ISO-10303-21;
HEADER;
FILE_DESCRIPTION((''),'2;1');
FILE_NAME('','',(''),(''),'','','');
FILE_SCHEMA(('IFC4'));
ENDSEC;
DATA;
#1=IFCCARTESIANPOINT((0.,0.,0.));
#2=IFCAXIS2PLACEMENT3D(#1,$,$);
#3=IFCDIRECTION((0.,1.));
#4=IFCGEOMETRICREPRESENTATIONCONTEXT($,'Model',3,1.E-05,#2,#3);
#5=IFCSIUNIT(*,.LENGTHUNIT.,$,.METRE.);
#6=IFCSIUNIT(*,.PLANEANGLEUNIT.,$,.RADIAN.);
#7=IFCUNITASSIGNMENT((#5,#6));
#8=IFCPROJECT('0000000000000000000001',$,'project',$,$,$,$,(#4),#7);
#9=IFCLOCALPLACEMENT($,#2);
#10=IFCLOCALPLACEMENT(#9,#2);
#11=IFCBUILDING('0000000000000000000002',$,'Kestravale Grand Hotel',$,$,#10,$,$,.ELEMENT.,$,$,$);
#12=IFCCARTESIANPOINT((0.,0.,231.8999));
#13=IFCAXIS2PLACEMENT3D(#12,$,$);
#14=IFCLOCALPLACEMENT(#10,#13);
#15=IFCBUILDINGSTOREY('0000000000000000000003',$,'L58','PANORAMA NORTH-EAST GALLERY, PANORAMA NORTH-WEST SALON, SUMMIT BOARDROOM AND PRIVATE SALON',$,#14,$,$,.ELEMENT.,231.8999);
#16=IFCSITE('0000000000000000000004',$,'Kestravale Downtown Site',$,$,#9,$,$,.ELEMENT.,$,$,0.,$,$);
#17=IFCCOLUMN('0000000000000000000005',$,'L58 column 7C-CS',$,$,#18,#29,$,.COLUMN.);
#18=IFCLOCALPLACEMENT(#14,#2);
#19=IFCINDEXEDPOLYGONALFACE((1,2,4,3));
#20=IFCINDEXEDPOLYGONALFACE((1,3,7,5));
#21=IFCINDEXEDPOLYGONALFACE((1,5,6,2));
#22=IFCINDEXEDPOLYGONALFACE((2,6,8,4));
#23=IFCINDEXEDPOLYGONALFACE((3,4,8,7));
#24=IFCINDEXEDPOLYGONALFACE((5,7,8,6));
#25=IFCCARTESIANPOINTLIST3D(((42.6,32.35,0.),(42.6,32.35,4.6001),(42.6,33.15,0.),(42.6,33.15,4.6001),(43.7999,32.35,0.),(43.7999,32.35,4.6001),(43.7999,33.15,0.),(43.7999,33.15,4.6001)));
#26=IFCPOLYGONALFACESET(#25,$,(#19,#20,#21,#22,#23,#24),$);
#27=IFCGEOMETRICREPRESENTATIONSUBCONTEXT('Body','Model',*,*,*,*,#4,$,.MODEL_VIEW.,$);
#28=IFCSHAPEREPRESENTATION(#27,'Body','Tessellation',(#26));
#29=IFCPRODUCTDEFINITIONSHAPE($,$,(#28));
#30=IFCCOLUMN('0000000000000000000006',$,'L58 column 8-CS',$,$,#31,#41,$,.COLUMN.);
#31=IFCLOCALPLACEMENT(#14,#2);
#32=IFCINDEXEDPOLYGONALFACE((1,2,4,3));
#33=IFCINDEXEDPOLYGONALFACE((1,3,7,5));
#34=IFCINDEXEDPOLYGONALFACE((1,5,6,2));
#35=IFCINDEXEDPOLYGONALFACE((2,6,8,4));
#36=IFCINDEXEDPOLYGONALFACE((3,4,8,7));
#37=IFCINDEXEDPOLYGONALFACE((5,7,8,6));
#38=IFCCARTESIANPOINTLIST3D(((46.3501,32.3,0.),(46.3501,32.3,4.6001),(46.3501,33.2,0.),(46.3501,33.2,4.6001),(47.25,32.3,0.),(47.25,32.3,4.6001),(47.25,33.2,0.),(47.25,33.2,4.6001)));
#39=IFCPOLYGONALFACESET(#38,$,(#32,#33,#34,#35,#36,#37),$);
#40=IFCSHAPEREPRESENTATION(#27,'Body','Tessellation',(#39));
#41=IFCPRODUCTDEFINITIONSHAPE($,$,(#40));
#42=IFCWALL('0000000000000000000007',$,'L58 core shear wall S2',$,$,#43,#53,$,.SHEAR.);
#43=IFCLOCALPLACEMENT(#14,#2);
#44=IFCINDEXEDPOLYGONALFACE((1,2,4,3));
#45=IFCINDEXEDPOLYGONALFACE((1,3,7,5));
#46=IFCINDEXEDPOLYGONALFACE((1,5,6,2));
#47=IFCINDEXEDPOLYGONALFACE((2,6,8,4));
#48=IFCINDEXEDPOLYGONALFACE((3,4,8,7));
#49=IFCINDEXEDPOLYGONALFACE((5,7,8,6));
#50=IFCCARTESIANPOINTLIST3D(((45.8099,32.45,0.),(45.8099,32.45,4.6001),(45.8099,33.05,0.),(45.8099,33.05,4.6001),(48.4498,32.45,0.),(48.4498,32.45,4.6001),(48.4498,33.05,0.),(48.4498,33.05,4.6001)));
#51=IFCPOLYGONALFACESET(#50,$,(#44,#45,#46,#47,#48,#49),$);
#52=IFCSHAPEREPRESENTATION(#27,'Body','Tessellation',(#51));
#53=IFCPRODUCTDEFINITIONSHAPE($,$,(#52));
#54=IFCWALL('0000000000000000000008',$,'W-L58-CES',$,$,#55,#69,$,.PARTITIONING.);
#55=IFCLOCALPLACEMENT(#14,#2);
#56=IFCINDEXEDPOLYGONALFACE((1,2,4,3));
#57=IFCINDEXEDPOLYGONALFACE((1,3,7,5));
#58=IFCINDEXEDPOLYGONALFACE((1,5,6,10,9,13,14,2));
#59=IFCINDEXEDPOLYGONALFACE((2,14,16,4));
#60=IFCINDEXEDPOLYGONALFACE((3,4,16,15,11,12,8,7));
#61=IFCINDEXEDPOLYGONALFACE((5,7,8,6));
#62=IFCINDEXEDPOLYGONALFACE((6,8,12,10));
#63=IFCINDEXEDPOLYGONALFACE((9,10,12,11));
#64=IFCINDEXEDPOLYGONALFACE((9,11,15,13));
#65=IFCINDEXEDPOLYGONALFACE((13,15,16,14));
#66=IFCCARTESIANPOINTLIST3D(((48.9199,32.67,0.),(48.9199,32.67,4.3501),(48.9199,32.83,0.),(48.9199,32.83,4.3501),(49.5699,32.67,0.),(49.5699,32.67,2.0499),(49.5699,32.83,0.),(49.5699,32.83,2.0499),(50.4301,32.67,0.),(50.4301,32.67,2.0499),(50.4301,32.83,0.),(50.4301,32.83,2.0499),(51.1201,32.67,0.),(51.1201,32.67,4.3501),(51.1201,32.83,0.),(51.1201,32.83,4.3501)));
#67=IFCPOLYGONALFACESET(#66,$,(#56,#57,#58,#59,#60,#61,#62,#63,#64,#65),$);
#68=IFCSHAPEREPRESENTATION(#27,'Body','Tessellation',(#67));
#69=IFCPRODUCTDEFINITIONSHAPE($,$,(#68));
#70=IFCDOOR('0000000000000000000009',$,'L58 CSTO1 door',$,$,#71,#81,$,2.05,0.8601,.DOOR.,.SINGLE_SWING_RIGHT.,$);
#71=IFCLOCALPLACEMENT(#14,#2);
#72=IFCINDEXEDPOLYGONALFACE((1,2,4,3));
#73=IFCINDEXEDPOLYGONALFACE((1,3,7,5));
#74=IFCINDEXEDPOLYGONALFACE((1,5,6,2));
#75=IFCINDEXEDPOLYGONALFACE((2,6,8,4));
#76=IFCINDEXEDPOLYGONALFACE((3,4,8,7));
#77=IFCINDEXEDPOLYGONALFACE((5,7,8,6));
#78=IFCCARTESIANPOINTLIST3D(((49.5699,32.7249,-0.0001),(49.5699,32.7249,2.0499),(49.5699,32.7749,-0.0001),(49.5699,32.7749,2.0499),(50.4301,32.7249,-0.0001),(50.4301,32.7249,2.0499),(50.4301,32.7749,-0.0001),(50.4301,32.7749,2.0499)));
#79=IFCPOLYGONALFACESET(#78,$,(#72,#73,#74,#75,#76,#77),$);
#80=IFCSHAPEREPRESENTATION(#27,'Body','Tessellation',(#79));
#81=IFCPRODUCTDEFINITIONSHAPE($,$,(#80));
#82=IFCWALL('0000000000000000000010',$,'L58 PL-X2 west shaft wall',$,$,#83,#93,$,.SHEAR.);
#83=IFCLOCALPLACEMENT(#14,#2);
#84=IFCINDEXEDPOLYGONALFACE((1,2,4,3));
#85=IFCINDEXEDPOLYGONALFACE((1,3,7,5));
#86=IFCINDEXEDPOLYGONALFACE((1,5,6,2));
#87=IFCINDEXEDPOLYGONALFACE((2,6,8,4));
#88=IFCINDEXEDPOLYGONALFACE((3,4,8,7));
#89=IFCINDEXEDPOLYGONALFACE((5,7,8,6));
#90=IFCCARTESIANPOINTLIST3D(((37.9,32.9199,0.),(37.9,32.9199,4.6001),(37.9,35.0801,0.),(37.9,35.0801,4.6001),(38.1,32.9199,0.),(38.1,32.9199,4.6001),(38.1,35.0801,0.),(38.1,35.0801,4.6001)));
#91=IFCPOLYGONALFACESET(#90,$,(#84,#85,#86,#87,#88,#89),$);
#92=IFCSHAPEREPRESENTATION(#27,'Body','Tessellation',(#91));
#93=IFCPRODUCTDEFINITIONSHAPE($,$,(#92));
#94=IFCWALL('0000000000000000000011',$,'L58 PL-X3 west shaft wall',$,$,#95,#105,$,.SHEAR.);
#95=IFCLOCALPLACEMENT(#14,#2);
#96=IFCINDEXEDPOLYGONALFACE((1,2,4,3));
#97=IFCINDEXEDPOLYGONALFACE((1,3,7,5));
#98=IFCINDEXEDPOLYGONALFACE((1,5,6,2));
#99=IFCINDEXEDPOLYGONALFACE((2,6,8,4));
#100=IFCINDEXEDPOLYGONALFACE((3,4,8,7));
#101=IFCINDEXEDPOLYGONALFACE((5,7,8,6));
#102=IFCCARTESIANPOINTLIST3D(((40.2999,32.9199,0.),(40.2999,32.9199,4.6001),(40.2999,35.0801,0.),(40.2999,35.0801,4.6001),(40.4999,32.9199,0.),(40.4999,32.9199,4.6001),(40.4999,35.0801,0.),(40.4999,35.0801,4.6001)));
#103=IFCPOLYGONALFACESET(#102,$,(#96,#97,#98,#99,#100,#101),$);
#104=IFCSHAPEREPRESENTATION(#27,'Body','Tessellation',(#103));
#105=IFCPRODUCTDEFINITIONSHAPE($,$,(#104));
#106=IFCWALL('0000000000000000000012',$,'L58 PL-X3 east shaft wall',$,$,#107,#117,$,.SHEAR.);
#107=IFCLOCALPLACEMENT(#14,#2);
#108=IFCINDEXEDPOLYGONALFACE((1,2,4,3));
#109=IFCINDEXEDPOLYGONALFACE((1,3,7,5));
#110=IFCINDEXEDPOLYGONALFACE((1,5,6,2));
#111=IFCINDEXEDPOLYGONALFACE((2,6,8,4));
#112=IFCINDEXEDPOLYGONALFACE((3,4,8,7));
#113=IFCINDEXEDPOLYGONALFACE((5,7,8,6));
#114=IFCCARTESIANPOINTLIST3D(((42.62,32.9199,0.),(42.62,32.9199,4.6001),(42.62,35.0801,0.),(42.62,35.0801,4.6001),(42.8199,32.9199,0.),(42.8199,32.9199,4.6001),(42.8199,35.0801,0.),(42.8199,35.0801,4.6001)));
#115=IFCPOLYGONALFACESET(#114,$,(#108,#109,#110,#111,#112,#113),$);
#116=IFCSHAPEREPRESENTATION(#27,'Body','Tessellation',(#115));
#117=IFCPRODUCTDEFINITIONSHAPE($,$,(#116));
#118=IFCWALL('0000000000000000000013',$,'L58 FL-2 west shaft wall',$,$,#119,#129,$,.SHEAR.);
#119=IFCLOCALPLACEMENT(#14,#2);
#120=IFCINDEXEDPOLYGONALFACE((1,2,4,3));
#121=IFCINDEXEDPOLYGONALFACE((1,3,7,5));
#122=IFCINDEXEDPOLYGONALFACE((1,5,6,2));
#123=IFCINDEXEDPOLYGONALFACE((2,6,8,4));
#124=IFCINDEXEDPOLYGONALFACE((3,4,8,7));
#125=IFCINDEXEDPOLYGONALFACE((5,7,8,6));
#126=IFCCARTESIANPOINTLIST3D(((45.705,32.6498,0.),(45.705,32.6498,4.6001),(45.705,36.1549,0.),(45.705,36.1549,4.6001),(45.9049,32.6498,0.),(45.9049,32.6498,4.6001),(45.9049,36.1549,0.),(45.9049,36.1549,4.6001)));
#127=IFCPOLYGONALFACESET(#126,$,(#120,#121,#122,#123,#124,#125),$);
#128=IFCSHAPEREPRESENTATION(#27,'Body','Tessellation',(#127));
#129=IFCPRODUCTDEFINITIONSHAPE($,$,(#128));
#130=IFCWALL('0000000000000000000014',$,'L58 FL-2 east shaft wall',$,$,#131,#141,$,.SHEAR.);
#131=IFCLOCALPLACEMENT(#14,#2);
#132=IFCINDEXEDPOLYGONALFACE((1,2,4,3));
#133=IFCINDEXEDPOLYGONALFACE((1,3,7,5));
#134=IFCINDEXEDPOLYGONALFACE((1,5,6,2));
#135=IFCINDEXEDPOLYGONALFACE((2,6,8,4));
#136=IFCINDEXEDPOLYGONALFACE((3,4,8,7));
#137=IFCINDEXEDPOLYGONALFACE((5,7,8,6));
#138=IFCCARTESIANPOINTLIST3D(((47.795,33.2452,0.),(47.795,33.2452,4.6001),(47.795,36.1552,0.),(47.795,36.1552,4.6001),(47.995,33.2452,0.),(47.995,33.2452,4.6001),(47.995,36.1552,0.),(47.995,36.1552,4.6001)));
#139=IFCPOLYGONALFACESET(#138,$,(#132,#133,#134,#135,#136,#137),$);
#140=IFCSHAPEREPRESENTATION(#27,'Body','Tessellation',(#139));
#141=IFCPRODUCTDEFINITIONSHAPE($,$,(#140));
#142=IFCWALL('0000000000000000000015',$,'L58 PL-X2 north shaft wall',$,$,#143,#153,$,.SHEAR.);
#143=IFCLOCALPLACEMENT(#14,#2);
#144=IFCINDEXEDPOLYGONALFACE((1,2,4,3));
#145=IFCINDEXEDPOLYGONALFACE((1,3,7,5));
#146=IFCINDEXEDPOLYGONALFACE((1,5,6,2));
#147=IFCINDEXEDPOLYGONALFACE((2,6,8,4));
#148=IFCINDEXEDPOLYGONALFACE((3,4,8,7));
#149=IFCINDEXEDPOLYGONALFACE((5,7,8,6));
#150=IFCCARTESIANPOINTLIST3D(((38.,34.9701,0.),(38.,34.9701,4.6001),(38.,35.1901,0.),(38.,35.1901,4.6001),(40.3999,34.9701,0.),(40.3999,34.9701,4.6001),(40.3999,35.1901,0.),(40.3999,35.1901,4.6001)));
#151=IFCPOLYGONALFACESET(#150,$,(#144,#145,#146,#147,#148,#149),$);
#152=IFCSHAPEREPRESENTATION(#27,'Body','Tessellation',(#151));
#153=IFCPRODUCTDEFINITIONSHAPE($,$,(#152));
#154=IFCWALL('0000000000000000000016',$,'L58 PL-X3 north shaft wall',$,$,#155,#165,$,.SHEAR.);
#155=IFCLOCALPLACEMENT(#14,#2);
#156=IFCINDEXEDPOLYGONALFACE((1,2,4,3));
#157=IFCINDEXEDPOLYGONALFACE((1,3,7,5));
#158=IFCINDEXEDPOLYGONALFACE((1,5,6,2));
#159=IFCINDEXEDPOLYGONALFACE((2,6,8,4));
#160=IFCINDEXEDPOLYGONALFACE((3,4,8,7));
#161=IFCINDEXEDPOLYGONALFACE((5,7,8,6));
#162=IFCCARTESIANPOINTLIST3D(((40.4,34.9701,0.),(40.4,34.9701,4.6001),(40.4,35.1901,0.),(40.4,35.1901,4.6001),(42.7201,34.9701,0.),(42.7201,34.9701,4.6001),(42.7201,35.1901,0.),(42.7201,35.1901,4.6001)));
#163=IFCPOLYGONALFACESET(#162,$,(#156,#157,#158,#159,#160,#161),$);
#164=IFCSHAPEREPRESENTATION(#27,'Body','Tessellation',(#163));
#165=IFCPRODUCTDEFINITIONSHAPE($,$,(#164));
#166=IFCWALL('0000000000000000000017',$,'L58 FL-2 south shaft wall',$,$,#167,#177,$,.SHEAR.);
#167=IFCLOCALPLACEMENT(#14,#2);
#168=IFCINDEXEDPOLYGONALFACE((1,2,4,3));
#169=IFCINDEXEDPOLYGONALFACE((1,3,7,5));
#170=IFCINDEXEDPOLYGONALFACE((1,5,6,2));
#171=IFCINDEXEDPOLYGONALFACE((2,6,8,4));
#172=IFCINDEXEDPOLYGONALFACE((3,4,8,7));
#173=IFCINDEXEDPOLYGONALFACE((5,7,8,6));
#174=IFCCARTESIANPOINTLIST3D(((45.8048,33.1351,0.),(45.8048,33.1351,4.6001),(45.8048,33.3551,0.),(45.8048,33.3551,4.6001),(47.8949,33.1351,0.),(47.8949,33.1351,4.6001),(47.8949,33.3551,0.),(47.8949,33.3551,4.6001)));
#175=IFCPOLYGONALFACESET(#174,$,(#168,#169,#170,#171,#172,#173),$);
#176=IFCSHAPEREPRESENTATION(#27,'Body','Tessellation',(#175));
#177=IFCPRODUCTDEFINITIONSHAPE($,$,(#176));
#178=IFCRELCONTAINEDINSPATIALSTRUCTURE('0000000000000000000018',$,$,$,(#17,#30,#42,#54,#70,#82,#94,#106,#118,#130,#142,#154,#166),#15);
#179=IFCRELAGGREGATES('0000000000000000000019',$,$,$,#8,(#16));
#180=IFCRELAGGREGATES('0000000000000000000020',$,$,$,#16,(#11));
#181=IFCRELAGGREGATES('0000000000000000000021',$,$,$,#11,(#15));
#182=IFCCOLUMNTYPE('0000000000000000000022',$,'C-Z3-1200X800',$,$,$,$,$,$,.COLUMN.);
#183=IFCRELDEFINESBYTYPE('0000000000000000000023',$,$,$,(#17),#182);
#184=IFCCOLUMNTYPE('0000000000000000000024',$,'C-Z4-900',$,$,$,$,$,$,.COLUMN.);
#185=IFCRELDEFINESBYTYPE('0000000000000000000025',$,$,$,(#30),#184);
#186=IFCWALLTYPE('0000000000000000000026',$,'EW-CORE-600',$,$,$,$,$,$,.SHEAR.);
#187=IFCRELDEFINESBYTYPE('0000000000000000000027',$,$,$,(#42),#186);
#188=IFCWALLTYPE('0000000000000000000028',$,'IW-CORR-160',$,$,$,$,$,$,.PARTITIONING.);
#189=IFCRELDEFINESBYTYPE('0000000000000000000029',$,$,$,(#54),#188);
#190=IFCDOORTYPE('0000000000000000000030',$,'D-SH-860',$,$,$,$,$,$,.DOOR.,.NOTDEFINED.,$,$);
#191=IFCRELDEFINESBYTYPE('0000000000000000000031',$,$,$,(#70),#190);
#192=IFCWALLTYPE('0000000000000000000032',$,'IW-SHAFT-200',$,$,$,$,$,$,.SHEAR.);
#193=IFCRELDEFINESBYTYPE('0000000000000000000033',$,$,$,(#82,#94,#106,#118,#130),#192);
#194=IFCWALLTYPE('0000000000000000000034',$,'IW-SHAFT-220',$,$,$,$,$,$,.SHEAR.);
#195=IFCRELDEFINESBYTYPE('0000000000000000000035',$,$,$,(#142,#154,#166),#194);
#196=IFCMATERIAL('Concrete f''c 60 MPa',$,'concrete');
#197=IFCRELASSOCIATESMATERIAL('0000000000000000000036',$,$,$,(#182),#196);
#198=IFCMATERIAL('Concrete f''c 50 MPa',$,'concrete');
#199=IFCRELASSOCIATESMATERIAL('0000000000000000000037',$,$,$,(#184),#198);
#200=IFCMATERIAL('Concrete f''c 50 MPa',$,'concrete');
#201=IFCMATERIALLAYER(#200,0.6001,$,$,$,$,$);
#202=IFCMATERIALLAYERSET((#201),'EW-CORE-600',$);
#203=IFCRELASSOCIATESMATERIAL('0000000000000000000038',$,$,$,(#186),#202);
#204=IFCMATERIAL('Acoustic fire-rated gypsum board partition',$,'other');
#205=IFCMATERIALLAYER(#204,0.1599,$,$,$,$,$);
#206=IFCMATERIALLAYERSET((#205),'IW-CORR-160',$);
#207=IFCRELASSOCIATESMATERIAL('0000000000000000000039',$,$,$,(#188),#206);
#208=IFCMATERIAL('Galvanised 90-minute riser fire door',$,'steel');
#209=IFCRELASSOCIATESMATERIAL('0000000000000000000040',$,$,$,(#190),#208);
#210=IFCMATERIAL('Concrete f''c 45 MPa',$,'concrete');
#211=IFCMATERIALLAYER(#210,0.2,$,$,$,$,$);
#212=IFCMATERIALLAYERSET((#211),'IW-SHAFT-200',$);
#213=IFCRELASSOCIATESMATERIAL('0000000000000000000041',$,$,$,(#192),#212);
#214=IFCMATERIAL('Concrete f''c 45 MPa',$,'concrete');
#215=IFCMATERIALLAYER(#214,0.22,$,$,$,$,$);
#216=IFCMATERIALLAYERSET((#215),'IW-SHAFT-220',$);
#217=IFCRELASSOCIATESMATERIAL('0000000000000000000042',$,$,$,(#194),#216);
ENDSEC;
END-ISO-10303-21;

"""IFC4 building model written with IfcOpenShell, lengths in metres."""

from ifc_helpers import new_model, si_unit, direction, frame, frame_2d, origin, origin_2d, place, context, subcontext, project, spatial, rectangle, extrude, material, layer, layer_set, material_profile, profile_set, type_object, element, fill, save


model = new_model("IFC4")

# Units and contexts
model_context = context("Model", 3, precision=1e-05, world=origin(), true_north=direction((0.0, 1.0)))
body_context = subcontext(model_context, "Body", "Model", "MODEL_VIEW")
ifc_project = project(units=[si_unit("LENGTHUNIT", "METRE"), si_unit("PLANEANGLEUNIT", "RADIAN")], contexts=[model_context])

# Site, building, storey
site_placement = place(None, origin())
site = spatial("IfcSite", under=ifc_project, at=site_placement, Name="Kestravale Downtown Site", CompositionType="ELEMENT", RefElevation=0.0)
building_placement = place(site_placement, origin())
building = spatial("IfcBuilding", under=site, at=building_placement, Name="Kestravale Grand Hotel", CompositionType="ELEMENT")
storey_placement = place(building_placement, frame((0.0, 0.0, 231.8999)))
storey = spatial("IfcBuildingStorey", under=building, at=storey_placement, Name="L58", Description="PANORAMA NORTH-EAST GALLERY, PANORAMA NORTH-WEST SALON, SUMMIT BOARDROOM AND PRIVATE SALON", CompositionType="ELEMENT", Elevation=231.8999)

# Columns
ifc_material_1 = material(Name="Concrete f'c 60 MPa", Category="concrete")
ifc_material_profile_1 = material_profile(ifc_material_1, rectangle(XDim=1.2, YDim=0.8, at=origin_2d()))
ifc_profile_set_1 = profile_set([ifc_material_profile_1], Name="Concrete f'c 60 MPa")
column_type_1 = type_object("IfcColumnType", Name="C-Z3-1200X800", PredefinedType="COLUMN", material=ifc_profile_set_1)
column_1_placement = place(storey_placement, frame((43.2, 32.75, 0.0), z_axis=(0.0, 0.0, 1.0), x_axis=(1.0, 0.0, 0.0)))
element("IfcColumn", 1, at=column_1_placement, inside=storey, type_object=column_type_1, Name="L58 column 7C-CS", PredefinedType="COLUMN", context=body_context, shape_type="SweptSolid", body=[
    extrude(rectangle(XDim=1.2, YDim=0.8, at=origin_2d()), origin(), (0.0, 0.0, 1.0), 4.6001),
])
ifc_material_2 = material(Name="Concrete f'c 50 MPa", Category="concrete")
ifc_material_profile_2 = material_profile(ifc_material_2, rectangle(XDim=0.8999, YDim=0.8999, at=origin_2d()))
ifc_profile_set_2 = profile_set([ifc_material_profile_2], Name="Concrete f'c 50 MPa")
column_type_2 = type_object("IfcColumnType", Name="C-Z4-900", PredefinedType="COLUMN", material=ifc_profile_set_2)
column_2_placement = place(storey_placement, frame((46.8, 32.75, 0.0), z_axis=(0.0, 0.0, 1.0), x_axis=(1.0, 0.0, 0.0)))
element("IfcColumn", 2, at=column_2_placement, inside=storey, type_object=column_type_2, Name="L58 column 8-CS", PredefinedType="COLUMN", context=body_context, shape_type="SweptSolid", body=[
    extrude(rectangle(XDim=0.8999, YDim=0.8999, at=origin_2d()), origin(), (0.0, 0.0, 1.0), 4.6001),
])

# Wall
ifc_material_3 = material(Name="Concrete f'c 50 MPa", Category="concrete")
ifc_layer_1 = layer(ifc_material_3, 0.6001)
ifc_layer_set_1 = layer_set([ifc_layer_1], Name="EW-CORE-600")
wall_type_1 = type_object("IfcWallType", Name="EW-CORE-600", PredefinedType="SHEAR", material=ifc_layer_set_1)
wall_1_placement = place(storey_placement, frame((45.8101, 32.75, 0.0), z_axis=(0.0, 0.0, 1.0), x_axis=(1.0, 0.0, 0.0)))
element("IfcWall", 3, at=wall_1_placement, inside=storey, type_object=wall_type_1, Name="L58 core shear wall S2", PredefinedType="SHEAR", context=body_context, shape_type="SweptSolid", body=[
    extrude(rectangle(XDim=2.6399, YDim=0.6001, at=frame_2d((1.3198, 0.0))), origin(), (0.0, 0.0, 1.0), 4.6001),
])

# Wall, opening, door
ifc_material_4 = material(Name="Acoustic fire-rated gypsum board partition", Category="other")
ifc_layer_2 = layer(ifc_material_4, 0.1599)
ifc_layer_set_2 = layer_set([ifc_layer_2], Name="IW-CORR-160")
wall_type_2 = type_object("IfcWallType", Name="IW-CORR-160", PredefinedType="PARTITIONING", material=ifc_layer_set_2)
wall_2_placement = place(storey_placement, frame((48.9199, 32.75, 0.0), z_axis=(0.0, 0.0, 1.0), x_axis=(1.0, 0.0, 0.0)))
wall_2 = element("IfcWall", 4, at=wall_2_placement, inside=storey, type_object=wall_type_2, Name="W-L58-CES", PredefinedType="PARTITIONING", context=body_context, shape_type="SweptSolid", body=[
    extrude(rectangle(XDim=2.2002, YDim=0.1599, at=frame_2d((1.1001, 0.0))), origin(), (0.0, 0.0, 1.0), 4.3501),
])
opening_1_placement = place(wall_2_placement, frame((0.6499, 0.0, 0.0)))
opening_1 = element("IfcOpeningElement", 5, at=opening_1_placement, cuts=wall_2, PredefinedType="OPENING", context=body_context, shape_type="SweptSolid", body=[
    extrude(rectangle(XDim=0.8601, YDim=2.05, at=frame_2d((0.4302, 1.0249))), frame((0.0, 0.0898, 0.0), z_axis=(0.0, -1.0, 0.0), x_axis=(1.0, 0.0, 0.0)), (0.0, 0.0, 1.0), 0.1799),
])
ifc_material_5 = material(Name="Galvanised 90-minute riser fire door", Category="steel")
door_type_1 = type_object("IfcDoorType", Name="D-SH-860", OperationType="NOTDEFINED", PredefinedType="DOOR", material=ifc_material_5)
door_1_placement = place(opening_1_placement, origin())
door_1 = element("IfcDoor", 6, at=door_1_placement, inside=storey, type_object=door_type_1, Name="L58 CSTO1 door", OperationType="SINGLE_SWING_RIGHT", OverallHeight=2.05, OverallWidth=0.8601, PredefinedType="DOOR", context=body_context, shape_type="SweptSolid", body=[
    extrude(rectangle(XDim=0.8601, YDim=2.05, at=frame_2d((0.4302, 1.0249))), frame((0.0, 0.0249, 0.0), z_axis=(0.0, -1.0, 0.0), x_axis=(1.0, 0.0, 0.0)), (0.0, 0.0, 1.0), 0.05),
])
fill(opening_1, door_1)

# Walls
ifc_material_6 = material(Name="Concrete f'c 45 MPa", Category="concrete")
ifc_layer_3 = layer(ifc_material_6, 0.2)
ifc_layer_set_3 = layer_set([ifc_layer_3], Name="IW-SHAFT-200")
wall_type_3 = type_object("IfcWallType", Name="IW-SHAFT-200", PredefinedType="SHEAR", material=ifc_layer_set_3)
for number, where, z_axis, x_axis, name in (
    (7, (38.0, 32.9199, 0.0), (0.0, 0.0, 1.0), (0.0, 1.0, 0.0), "L58 PL-X2 west shaft wall"),
    (8, (40.3999, 32.9199, 0.0), (0.0, 0.0, 1.0), (0.0, 1.0, 0.0), "L58 PL-X3 west shaft wall"),
    (9, (42.72, 32.9199, 0.0), (0.0, 0.0, 1.0), (0.0, 1.0, 0.0), "L58 PL-X3 east shaft wall"),
):
    element("IfcWall", number, at=place(storey_placement, frame(where, z_axis=z_axis, x_axis=x_axis)), inside=storey, type_object=wall_type_3, Name=name, PredefinedType="SHEAR", context=body_context, shape_type="SweptSolid", body=[
        extrude(rectangle(XDim=2.1602, YDim=0.2, at=frame_2d((1.0801, 0.0))), origin(), (0.0, 0.0, 1.0), 4.6001),
    ])
wall_3_placement = place(storey_placement, frame((45.8049, 32.6499, 0.0), z_axis=(0.0, 0.0, 1.0), x_axis=(0.0, 1.0, 0.0)))
element("IfcWall", 10, at=wall_3_placement, inside=storey, type_object=wall_type_3, Name="L58 FL-2 west shaft wall", PredefinedType="SHEAR", context=body_context, shape_type="SweptSolid", body=[
    extrude(rectangle(XDim=3.5051, YDim=0.2, at=frame_2d((1.7524, 0.0))), origin(), (0.0, 0.0, 1.0), 4.6001),
])
wall_4_placement = place(storey_placement, frame((47.895, 33.2451, 0.0), z_axis=(0.0, 0.0, 1.0), x_axis=(0.0, 1.0, 0.0)))
element("IfcWall", 11, at=wall_4_placement, inside=storey, type_object=wall_type_3, Name="L58 FL-2 east shaft wall", PredefinedType="SHEAR", context=body_context, shape_type="SweptSolid", body=[
    extrude(rectangle(XDim=2.9099, YDim=0.2, at=frame_2d((1.4551, 0.0))), origin(), (0.0, 0.0, 1.0), 4.6001),
])

# Shared definitions
ifc_material_7 = material(Name="Concrete f'c 45 MPa", Category="concrete")
ifc_layer_4 = layer(ifc_material_7, 0.22)
ifc_layer_set_4 = layer_set([ifc_layer_4], Name="IW-SHAFT-220")
wall_type_4 = type_object("IfcWallType", Name="IW-SHAFT-220", PredefinedType="SHEAR", material=ifc_layer_set_4)

# Wall
wall_5_placement = place(storey_placement, frame((38.0, 35.0801, 0.0), z_axis=(0.0, 0.0, 1.0), x_axis=(1.0, 0.0, 0.0)))
element("IfcWall", 12, at=wall_5_placement, inside=storey, type_object=wall_type_4, Name="L58 PL-X2 north shaft wall", PredefinedType="SHEAR", context=body_context, shape_type="SweptSolid", body=[
    extrude(rectangle(XDim=2.3999, YDim=0.22, at=frame_2d((1.2, 0.0))), origin(), (0.0, 0.0, 1.0), 4.6001),
])

# Wall
wall_6_placement = place(storey_placement, frame((40.3999, 35.0801, 0.0), z_axis=(0.0, 0.0, 1.0), x_axis=(1.0, 0.0, 0.0)))
element("IfcWall", 13, at=wall_6_placement, inside=storey, type_object=wall_type_4, Name="L58 PL-X3 north shaft wall", PredefinedType="SHEAR", context=body_context, shape_type="SweptSolid", body=[
    extrude(rectangle(XDim=2.3201, YDim=0.22, at=frame_2d((1.1602, 0.0))), origin(), (0.0, 0.0, 1.0), 4.6001),
])

# Wall
wall_7_placement = place(storey_placement, frame((45.8049, 33.2451, 0.0), z_axis=(0.0, 0.0, 1.0), x_axis=(1.0, 0.0, 0.0)))
element("IfcWall", 14, at=wall_7_placement, inside=storey, type_object=wall_type_4, Name="L58 FL-2 south shaft wall", PredefinedType="SHEAR", context=body_context, shape_type="SweptSolid", body=[
    extrude(rectangle(XDim=2.0901, YDim=0.22, at=frame_2d((1.0449, 0.0))), origin(), (0.0, 0.0, 1.0), 4.6001),
])

save(model, "model.ifc")
